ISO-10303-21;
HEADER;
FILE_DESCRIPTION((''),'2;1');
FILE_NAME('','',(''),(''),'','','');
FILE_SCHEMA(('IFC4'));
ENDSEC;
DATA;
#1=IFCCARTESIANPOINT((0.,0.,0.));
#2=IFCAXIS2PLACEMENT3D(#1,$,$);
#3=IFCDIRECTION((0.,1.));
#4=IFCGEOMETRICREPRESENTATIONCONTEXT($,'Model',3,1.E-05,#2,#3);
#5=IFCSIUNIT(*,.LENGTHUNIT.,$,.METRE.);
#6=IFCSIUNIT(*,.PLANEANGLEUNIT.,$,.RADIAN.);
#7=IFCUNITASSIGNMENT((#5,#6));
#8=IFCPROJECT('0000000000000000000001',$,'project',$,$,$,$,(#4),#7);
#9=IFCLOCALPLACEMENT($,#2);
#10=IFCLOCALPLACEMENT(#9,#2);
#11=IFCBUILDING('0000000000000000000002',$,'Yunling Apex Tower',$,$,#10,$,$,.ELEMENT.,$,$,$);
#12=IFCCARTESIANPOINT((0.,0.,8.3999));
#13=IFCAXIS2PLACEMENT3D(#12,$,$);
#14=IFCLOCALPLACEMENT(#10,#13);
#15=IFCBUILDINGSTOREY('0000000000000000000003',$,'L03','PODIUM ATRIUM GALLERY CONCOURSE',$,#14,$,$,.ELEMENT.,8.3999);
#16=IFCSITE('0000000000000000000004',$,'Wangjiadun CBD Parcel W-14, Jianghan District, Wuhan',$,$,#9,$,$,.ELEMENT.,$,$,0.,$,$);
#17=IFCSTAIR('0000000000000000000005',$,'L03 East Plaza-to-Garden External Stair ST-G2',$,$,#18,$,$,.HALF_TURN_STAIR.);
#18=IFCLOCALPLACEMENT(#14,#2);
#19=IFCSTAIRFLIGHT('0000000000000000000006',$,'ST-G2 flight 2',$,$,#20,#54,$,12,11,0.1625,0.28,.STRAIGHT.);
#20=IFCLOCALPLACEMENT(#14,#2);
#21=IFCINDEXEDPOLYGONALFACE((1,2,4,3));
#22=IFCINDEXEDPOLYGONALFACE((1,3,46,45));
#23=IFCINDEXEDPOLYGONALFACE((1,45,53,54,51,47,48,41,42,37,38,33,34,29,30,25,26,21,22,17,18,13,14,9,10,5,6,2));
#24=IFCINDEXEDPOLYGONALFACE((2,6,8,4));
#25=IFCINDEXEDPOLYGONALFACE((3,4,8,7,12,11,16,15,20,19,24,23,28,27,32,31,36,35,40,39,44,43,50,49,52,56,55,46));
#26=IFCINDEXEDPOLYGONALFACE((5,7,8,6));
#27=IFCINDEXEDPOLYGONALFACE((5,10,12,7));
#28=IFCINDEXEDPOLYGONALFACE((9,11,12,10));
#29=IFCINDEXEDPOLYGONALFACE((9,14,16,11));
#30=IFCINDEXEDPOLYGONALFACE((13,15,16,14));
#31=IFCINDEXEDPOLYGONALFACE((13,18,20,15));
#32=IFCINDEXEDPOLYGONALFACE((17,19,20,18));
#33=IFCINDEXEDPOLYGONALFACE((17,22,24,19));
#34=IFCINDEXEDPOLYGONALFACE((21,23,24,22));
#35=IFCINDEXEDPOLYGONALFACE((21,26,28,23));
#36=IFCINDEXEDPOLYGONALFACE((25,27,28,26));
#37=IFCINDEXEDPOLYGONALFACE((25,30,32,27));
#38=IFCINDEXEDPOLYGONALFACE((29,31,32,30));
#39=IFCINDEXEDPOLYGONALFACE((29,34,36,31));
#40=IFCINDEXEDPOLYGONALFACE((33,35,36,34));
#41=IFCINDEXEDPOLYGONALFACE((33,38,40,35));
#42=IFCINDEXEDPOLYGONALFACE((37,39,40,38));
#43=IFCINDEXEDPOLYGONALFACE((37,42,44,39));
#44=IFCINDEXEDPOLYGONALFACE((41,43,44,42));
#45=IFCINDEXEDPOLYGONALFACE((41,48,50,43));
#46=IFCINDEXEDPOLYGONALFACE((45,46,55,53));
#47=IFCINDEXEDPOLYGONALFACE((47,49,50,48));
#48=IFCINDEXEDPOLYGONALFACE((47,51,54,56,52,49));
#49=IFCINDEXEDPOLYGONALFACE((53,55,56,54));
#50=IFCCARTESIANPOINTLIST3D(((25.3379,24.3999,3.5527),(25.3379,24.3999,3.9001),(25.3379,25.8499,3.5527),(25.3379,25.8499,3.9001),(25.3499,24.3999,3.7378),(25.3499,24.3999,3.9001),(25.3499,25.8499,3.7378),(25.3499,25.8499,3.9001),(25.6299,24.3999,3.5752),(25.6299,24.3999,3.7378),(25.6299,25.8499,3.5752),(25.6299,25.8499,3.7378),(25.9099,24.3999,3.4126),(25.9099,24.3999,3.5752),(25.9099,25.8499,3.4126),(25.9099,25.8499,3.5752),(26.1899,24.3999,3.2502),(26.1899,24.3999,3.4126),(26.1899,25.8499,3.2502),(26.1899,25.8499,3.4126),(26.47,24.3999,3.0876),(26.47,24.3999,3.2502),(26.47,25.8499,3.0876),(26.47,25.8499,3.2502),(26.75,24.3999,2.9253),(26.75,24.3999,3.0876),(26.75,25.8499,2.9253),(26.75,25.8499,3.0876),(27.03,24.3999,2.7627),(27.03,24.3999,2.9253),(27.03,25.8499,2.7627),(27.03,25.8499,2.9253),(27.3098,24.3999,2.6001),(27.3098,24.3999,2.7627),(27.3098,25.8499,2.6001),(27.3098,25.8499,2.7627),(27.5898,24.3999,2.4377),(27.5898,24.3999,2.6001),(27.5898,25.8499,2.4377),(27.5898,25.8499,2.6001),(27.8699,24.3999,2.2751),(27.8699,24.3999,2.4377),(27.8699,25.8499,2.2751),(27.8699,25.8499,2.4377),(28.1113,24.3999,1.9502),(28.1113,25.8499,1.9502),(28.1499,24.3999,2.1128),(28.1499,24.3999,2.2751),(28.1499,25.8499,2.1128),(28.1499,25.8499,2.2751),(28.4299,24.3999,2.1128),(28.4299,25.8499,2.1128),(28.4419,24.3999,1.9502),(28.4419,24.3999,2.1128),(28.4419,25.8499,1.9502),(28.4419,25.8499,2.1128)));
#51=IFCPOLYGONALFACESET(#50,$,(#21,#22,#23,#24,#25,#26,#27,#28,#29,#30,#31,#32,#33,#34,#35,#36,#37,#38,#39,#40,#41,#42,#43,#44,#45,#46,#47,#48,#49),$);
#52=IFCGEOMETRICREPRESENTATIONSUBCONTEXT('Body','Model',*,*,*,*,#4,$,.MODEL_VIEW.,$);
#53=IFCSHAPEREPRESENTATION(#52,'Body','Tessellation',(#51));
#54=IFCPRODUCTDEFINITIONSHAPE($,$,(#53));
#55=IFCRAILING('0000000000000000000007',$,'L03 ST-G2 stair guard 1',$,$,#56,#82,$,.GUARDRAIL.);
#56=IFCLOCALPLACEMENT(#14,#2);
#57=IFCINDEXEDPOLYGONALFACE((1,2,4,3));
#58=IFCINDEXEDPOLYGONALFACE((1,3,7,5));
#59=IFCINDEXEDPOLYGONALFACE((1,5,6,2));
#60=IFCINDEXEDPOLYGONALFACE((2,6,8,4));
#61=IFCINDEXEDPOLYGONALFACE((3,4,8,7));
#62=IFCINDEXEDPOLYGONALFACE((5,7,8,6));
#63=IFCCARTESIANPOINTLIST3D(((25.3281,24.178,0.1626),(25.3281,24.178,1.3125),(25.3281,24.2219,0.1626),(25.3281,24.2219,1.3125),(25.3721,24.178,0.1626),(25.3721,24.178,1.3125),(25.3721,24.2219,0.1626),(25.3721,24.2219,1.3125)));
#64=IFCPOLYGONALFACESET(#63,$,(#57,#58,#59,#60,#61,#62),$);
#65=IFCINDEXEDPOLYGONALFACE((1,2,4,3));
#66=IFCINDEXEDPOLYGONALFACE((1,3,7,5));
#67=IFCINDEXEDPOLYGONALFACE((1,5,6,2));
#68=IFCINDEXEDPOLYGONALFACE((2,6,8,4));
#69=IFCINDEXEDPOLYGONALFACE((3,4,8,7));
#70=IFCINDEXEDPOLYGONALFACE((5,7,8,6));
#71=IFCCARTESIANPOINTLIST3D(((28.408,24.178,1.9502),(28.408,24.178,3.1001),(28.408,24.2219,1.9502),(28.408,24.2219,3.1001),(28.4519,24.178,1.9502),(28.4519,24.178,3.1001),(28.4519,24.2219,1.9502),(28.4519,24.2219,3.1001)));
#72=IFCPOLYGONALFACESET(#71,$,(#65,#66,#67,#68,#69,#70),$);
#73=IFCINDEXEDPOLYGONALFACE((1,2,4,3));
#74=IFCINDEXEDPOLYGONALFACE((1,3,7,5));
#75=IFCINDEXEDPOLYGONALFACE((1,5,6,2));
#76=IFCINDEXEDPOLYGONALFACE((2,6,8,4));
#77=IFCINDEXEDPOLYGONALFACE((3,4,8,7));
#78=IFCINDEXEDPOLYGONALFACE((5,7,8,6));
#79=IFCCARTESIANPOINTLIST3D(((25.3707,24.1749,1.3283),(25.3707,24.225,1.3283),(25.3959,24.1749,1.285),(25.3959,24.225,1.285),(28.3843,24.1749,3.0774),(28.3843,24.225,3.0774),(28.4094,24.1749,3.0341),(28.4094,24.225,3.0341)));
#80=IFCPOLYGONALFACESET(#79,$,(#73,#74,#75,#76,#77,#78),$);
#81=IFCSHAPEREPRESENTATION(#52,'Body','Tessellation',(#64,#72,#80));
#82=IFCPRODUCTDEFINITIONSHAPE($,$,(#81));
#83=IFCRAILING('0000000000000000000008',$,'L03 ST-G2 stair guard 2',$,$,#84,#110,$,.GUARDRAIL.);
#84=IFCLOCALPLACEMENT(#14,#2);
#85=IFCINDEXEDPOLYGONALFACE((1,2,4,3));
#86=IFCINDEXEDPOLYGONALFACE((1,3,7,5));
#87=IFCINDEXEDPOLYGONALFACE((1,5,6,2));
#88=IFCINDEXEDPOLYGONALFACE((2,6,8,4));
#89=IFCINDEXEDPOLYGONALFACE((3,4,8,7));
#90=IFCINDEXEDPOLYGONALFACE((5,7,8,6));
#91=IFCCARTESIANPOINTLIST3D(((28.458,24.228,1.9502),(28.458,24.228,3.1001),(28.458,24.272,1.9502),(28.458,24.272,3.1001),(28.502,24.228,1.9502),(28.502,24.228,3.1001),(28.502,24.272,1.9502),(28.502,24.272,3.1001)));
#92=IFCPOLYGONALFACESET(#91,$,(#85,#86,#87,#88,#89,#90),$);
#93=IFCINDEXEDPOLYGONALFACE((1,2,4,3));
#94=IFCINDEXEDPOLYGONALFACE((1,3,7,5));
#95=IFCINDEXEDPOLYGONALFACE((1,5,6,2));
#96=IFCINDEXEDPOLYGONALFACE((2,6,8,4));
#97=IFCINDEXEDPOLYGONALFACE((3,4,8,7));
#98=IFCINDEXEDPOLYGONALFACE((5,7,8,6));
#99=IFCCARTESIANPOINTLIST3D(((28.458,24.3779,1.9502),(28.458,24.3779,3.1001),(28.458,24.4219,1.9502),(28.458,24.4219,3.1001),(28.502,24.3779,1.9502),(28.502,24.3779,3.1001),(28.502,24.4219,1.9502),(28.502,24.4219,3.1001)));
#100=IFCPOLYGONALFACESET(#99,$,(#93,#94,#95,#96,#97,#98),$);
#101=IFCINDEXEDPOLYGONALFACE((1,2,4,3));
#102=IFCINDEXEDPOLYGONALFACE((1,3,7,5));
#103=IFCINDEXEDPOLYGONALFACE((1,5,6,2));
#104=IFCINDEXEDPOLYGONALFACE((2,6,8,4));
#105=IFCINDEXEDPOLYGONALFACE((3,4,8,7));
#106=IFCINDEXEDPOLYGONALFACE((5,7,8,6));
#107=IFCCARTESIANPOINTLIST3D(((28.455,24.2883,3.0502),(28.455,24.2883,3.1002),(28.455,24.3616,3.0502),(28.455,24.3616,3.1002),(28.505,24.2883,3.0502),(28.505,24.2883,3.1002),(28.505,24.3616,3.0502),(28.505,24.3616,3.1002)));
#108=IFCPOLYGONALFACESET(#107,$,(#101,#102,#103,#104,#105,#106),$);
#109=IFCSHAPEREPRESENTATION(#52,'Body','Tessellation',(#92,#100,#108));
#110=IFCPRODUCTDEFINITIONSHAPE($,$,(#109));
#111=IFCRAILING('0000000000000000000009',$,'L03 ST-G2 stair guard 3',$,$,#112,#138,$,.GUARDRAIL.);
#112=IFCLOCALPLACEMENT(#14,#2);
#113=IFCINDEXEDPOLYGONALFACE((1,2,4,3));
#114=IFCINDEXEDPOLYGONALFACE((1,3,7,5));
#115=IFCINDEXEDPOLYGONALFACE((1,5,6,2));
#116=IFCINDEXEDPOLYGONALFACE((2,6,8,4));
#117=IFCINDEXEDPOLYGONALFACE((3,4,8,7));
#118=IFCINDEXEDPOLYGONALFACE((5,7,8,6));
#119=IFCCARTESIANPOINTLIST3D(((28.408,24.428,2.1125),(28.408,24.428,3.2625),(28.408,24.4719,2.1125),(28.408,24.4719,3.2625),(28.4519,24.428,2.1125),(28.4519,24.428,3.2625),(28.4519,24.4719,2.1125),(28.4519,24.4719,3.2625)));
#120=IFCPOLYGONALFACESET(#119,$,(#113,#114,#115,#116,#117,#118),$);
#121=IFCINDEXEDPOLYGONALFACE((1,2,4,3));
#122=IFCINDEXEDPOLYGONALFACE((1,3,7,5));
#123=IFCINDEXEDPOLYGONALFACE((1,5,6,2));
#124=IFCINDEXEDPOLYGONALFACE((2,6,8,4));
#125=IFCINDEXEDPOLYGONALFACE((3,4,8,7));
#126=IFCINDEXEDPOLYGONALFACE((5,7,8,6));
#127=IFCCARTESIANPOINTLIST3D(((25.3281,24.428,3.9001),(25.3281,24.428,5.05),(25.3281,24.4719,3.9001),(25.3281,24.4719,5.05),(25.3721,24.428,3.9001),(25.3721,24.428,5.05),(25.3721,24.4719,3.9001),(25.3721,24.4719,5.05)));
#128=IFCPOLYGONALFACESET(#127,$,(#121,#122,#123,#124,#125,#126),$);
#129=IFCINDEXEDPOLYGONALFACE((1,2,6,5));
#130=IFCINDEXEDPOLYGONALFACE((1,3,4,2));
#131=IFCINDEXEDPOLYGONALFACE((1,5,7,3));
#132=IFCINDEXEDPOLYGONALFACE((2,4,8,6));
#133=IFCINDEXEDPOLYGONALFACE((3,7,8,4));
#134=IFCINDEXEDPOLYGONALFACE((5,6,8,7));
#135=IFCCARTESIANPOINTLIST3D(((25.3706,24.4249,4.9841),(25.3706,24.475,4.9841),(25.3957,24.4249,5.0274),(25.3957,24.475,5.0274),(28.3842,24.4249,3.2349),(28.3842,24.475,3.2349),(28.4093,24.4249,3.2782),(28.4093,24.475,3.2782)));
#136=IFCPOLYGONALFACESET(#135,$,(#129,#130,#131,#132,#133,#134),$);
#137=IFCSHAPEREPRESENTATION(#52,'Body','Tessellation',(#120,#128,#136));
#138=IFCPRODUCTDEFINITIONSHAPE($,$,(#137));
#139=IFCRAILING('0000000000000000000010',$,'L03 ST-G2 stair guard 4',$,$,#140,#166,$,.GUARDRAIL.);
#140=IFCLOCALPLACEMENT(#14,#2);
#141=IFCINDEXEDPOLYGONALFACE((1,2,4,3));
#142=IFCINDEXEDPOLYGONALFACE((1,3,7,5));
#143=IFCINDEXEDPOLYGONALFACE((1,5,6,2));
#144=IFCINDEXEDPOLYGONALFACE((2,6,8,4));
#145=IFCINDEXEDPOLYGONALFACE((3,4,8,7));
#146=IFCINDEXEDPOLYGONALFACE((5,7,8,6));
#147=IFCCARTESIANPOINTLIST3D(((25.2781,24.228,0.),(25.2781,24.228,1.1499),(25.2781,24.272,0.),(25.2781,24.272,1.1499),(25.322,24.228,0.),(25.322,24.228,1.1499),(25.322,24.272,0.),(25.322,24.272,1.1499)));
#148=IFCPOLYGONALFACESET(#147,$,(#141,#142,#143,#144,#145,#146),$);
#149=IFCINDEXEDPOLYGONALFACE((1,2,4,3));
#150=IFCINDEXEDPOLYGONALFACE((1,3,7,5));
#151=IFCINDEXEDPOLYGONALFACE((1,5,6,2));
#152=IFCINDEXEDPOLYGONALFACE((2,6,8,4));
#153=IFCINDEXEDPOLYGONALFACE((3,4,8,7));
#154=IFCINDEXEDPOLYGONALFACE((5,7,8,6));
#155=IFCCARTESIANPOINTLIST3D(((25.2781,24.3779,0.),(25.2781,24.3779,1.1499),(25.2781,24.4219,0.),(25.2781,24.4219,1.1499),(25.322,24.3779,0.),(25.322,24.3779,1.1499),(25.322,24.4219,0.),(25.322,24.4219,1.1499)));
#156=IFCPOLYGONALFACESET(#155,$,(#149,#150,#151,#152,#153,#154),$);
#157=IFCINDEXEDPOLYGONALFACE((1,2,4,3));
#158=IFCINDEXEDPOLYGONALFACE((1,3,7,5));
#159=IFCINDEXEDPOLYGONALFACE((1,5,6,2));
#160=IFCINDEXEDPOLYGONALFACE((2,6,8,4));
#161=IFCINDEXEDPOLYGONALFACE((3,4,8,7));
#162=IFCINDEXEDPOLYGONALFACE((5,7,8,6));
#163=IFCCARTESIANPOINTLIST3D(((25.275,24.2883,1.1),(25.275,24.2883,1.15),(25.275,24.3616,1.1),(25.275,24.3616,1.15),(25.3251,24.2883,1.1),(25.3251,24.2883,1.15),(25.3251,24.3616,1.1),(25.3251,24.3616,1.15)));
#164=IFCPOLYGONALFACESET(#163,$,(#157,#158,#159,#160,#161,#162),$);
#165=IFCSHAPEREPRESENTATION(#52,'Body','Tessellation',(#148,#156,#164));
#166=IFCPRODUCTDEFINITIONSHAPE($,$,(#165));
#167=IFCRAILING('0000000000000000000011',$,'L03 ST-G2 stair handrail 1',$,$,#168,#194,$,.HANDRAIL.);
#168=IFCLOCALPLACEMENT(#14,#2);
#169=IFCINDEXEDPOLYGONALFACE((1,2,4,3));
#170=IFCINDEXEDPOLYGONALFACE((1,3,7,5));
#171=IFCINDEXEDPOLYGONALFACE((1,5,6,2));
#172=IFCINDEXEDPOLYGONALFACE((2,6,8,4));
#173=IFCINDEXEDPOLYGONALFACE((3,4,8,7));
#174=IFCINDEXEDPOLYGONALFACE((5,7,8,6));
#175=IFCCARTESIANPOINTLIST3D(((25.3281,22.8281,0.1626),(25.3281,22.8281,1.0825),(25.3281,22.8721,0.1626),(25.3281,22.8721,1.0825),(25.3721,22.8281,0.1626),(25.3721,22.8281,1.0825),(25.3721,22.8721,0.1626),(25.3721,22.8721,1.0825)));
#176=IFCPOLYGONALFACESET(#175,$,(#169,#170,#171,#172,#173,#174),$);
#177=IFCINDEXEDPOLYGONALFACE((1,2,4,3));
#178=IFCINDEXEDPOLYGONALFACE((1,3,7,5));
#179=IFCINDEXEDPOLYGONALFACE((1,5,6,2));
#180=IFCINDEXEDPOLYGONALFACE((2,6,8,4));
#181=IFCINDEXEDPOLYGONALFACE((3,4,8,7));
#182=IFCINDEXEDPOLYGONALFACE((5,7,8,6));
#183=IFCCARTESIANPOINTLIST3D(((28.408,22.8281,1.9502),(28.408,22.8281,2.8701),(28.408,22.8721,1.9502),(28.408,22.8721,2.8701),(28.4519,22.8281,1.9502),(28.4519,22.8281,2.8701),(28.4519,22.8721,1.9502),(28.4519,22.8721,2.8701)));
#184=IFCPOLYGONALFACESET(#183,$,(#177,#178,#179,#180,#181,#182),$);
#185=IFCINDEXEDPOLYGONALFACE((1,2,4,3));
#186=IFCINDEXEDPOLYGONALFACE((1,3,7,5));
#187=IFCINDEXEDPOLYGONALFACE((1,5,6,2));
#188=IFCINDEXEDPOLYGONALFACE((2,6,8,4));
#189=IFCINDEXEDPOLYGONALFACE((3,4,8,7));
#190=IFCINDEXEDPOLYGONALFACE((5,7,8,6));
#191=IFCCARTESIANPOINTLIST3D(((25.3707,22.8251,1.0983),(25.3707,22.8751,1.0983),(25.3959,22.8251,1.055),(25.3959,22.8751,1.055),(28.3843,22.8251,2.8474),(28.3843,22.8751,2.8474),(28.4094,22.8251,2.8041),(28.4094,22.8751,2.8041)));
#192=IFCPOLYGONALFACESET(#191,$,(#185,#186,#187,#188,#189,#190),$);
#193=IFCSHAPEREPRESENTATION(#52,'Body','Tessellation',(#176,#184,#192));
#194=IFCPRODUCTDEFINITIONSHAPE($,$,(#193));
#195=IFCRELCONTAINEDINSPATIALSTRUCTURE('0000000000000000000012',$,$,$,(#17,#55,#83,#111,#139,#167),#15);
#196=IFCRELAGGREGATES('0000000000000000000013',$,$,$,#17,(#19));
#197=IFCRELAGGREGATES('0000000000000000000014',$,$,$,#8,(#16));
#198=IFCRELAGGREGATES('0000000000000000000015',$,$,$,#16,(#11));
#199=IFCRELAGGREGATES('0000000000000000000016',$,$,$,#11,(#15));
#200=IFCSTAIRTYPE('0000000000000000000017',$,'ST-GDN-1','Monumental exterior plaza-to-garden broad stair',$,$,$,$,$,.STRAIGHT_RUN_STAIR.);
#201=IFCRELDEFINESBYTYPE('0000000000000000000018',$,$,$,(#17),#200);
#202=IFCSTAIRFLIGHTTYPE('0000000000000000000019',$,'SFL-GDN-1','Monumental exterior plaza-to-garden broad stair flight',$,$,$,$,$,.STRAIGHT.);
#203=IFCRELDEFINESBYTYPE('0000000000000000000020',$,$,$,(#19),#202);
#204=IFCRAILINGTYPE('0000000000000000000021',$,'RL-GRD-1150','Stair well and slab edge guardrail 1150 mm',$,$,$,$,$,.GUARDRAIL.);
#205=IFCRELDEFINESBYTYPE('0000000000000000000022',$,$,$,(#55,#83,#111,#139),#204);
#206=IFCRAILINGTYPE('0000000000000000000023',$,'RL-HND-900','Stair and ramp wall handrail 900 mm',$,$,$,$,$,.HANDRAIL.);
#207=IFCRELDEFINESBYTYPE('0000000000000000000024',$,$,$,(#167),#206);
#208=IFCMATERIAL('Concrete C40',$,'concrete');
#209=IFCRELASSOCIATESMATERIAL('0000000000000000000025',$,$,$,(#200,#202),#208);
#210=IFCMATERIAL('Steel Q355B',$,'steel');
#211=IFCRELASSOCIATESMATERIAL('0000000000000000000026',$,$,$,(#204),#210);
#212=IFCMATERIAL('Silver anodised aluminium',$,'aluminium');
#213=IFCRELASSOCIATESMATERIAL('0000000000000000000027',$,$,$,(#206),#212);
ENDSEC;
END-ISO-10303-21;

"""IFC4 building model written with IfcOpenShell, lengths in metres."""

from ifc_helpers import new_model, si_unit, direction, frame, origin, origin_2d, place, context, subcontext, project, spatial, polyline, rectangle, outline, extrude, material, type_object, element, aggregate, save


model = new_model("IFC4")

# Units and contexts
model_context = context("Model", 3, precision=1e-05, world=origin(), true_north=direction((0.0, 1.0)))
body_context = subcontext(model_context, "Body", "Model", "MODEL_VIEW")
ifc_project = project(units=[si_unit("LENGTHUNIT", "METRE"), si_unit("PLANEANGLEUNIT", "RADIAN")], contexts=[model_context])

# Site, building, storey
site_placement = place(None, origin())
site = spatial("IfcSite", under=ifc_project, at=site_placement, Name="Wangjiadun CBD Parcel W-14, Jianghan District, Wuhan", CompositionType="ELEMENT", RefElevation=0.0)
building_placement = place(site_placement, origin())
building = spatial("IfcBuilding", under=site, at=building_placement, Name="Yunling Apex Tower", CompositionType="ELEMENT")
storey_placement = place(building_placement, frame((0.0, 0.0, 8.3999)))
storey = spatial("IfcBuildingStorey", under=building, at=storey_placement, Name="L03", Description="PODIUM ATRIUM GALLERY CONCOURSE", CompositionType="ELEMENT", Elevation=8.3999)

# Shared definitions
ifc_material_1 = material(Name="Steel Q355B", Category="steel")

# Shared definitions
ifc_material_2 = material(Name="Concrete C40", Category="concrete")

# Stair, stair flight
stair_type = type_object("IfcStairType", Name="ST-GDN-1", Description="Monumental exterior plaza-to-garden broad stair", PredefinedType="STRAIGHT_RUN_STAIR", material=ifc_material_2)
stair_placement = place(storey_placement, origin())
stair = element("IfcStair", 1, at=stair_placement, inside=storey, type_object=stair_type, Name="L03 East Plaza-to-Garden External Stair ST-G2", PredefinedType="HALF_TURN_STAIR")
stair_flight_type = type_object("IfcStairFlightType", Name="SFL-GDN-1", Description="Monumental exterior plaza-to-garden broad stair flight", PredefinedType="STRAIGHT", material=ifc_material_2)
stair_flight_1_placement = place(storey_placement, frame((28.4299, 25.125, 1.9502), z_axis=(0.0, 0.0, 1.0), x_axis=(-1.0, 0.0, 0.0)))
stair_flight_1 = element("IfcStairFlight", 2, at=stair_flight_1_placement, type_object=stair_flight_type, Name="ST-G2 flight 2", NumberOfRisers=12, NumberOfTreads=11, PredefinedType="STRAIGHT", RiserHeight=0.1625, TreadLength=0.28, context=body_context, shape_type="SweptSolid", body=[
    extrude(outline(polyline([(-0.012, 0.0), (-0.012, 0.1626), (0.0, 0.1626), (0.28, 0.1626), (0.28, 0.325), (0.5601, 0.325), (0.5601, 0.4875), (0.8401, 0.4875), (0.8401, 0.6499), (1.1201, 0.6499), (1.1201, 0.8125), (1.3999, 0.8125), (1.3999, 0.9751), (1.6799, 0.9751), (1.6799, 1.1375), (1.96, 1.1375), (1.96, 1.3), (2.24, 1.3), (2.24, 1.4624), (2.52, 1.4624), (2.52, 1.625), (2.8, 1.625), (2.8, 1.7876), (3.0801, 1.7876), (3.0801, 1.95), (3.092, 1.95), (3.092, 1.6025), (0.3186, 0.0), (-0.012, 0.0)])), frame((0.0, 0.7251, 0.0), z_axis=(0.0, -1.0, 0.0), x_axis=(1.0, 0.0, 0.0)), (0.0, 0.0, 1.0), 1.45),
])
aggregate(stair, [stair_flight_1])

# Railings
railing_type_1 = type_object("IfcRailingType", Name="RL-GRD-1150", Description="Stair well and slab edge guardrail 1150 mm", PredefinedType="GUARDRAIL", material=ifc_material_1)
railing_1_placement = place(storey_placement, frame((25.3501, 24.2, 0.1626)))
element("IfcRailing", 3, at=railing_1_placement, inside=storey, type_object=railing_type_1, Name="L03 ST-G2 stair guard 1", PredefinedType="GUARDRAIL", context=body_context, shape_type="SweptSolid", body=[
    extrude(rectangle(XDim=0.0439, YDim=0.0439, at=origin_2d()), origin(), (0.0, 0.0, 1.0), 1.1499),
    extrude(rectangle(XDim=0.0439, YDim=0.0439, at=origin_2d()), frame((3.0798, 0.0, 1.7876)), (0.0, 0.0, 1.0), 1.1499),
    extrude(rectangle(XDim=0.05, YDim=0.05, at=origin_2d()), frame((0.0332, 0.0, 1.144), z_axis=(0.864873, 0.0, 0.50199), x_axis=(0.0, 1.0, 0.0)), (0.0, 0.0, 1.0), 3.4844),
])
railing_2_placement = place(storey_placement, frame((28.48, 24.25, 1.9502)))
element("IfcRailing", 4, at=railing_2_placement, inside=storey, type_object=railing_type_1, Name="L03 ST-G2 stair guard 2", PredefinedType="GUARDRAIL", context=body_context, shape_type="SweptSolid", body=[
    extrude(rectangle(XDim=0.0439, YDim=0.0439, at=origin_2d()), origin(), (0.0, 0.0, 1.0), 1.1499),
    extrude(rectangle(XDim=0.0439, YDim=0.0439, at=origin_2d()), frame((0.0, 0.1499, 0.0)), (0.0, 0.0, 1.0), 1.1499),
    extrude(rectangle(XDim=0.05, YDim=0.05, at=origin_2d()), frame((0.0, 0.0383, 1.125), z_axis=(0.0, 1.0, 0.0), x_axis=(-1.0, 0.0, 0.0)), (0.0, 0.0, 1.0), 0.0732),
])
railing_3_placement = place(storey_placement, frame((28.4299, 24.45, 2.1125)))
element("IfcRailing", 5, at=railing_3_placement, inside=storey, type_object=railing_type_1, Name="L03 ST-G2 stair guard 3", PredefinedType="GUARDRAIL", context=body_context, shape_type="SweptSolid", body=[
    extrude(rectangle(XDim=0.0439, YDim=0.0439, at=origin_2d()), origin(), (0.0, 0.0, 1.0), 1.1499),
    extrude(rectangle(XDim=0.0439, YDim=0.0439, at=origin_2d()), frame((-3.0798, 0.0, 1.7876)), (0.0, 0.0, 1.0), 1.1499),
    extrude(rectangle(XDim=0.05, YDim=0.05, at=origin_2d()), frame((-0.0332, 0.0, 1.144), z_axis=(-0.864873, 0.0, 0.50199), x_axis=(0.0, -1.0, 0.0)), (0.0, 0.0, 1.0), 3.4844),
])
railing_4_placement = place(storey_placement, frame((25.3, 24.25, 0.0)))
element("IfcRailing", 6, at=railing_4_placement, inside=storey, type_object=railing_type_1, Name="L03 ST-G2 stair guard 4", PredefinedType="GUARDRAIL", context=body_context, shape_type="SweptSolid", body=[
    extrude(rectangle(XDim=0.0439, YDim=0.0439, at=origin_2d()), origin(), (0.0, 0.0, 1.0), 1.1499),
    extrude(rectangle(XDim=0.0439, YDim=0.0439, at=origin_2d()), frame((0.0, 0.1499, 0.0)), (0.0, 0.0, 1.0), 1.1499),
    extrude(rectangle(XDim=0.05, YDim=0.05, at=origin_2d()), frame((0.0, 0.0383, 1.125), z_axis=(0.0, 1.0, 0.0), x_axis=(-1.0, 0.0, 0.0)), (0.0, 0.0, 1.0), 0.0732),
])
ifc_material_3 = material(Name="Silver anodised aluminium", Category="aluminium")
railing_type_2 = type_object("IfcRailingType", Name="RL-HND-900", Description="Stair and ramp wall handrail 900 mm", PredefinedType="HANDRAIL", material=ifc_material_3)
railing_5_placement = place(storey_placement, frame((25.3501, 22.8501, 0.1626)))
element("IfcRailing", 7, at=railing_5_placement, inside=storey, type_object=railing_type_2, Name="L03 ST-G2 stair handrail 1", PredefinedType="HANDRAIL", context=body_context, shape_type="SweptSolid", body=[
    extrude(rectangle(XDim=0.0439, YDim=0.0439, at=origin_2d()), origin(), (0.0, 0.0, 1.0), 0.9199),
    extrude(rectangle(XDim=0.0439, YDim=0.0439, at=origin_2d()), frame((3.0798, 0.0, 1.7876)), (0.0, 0.0, 1.0), 0.9199),
    extrude(rectangle(XDim=0.05, YDim=0.05, at=origin_2d()), frame((0.0332, 0.0, 0.9141), z_axis=(0.864873, 0.0, 0.50199), x_axis=(0.0, 1.0, 0.0)), (0.0, 0.0, 1.0), 3.4844),
])

save(model, "model.ifc")
